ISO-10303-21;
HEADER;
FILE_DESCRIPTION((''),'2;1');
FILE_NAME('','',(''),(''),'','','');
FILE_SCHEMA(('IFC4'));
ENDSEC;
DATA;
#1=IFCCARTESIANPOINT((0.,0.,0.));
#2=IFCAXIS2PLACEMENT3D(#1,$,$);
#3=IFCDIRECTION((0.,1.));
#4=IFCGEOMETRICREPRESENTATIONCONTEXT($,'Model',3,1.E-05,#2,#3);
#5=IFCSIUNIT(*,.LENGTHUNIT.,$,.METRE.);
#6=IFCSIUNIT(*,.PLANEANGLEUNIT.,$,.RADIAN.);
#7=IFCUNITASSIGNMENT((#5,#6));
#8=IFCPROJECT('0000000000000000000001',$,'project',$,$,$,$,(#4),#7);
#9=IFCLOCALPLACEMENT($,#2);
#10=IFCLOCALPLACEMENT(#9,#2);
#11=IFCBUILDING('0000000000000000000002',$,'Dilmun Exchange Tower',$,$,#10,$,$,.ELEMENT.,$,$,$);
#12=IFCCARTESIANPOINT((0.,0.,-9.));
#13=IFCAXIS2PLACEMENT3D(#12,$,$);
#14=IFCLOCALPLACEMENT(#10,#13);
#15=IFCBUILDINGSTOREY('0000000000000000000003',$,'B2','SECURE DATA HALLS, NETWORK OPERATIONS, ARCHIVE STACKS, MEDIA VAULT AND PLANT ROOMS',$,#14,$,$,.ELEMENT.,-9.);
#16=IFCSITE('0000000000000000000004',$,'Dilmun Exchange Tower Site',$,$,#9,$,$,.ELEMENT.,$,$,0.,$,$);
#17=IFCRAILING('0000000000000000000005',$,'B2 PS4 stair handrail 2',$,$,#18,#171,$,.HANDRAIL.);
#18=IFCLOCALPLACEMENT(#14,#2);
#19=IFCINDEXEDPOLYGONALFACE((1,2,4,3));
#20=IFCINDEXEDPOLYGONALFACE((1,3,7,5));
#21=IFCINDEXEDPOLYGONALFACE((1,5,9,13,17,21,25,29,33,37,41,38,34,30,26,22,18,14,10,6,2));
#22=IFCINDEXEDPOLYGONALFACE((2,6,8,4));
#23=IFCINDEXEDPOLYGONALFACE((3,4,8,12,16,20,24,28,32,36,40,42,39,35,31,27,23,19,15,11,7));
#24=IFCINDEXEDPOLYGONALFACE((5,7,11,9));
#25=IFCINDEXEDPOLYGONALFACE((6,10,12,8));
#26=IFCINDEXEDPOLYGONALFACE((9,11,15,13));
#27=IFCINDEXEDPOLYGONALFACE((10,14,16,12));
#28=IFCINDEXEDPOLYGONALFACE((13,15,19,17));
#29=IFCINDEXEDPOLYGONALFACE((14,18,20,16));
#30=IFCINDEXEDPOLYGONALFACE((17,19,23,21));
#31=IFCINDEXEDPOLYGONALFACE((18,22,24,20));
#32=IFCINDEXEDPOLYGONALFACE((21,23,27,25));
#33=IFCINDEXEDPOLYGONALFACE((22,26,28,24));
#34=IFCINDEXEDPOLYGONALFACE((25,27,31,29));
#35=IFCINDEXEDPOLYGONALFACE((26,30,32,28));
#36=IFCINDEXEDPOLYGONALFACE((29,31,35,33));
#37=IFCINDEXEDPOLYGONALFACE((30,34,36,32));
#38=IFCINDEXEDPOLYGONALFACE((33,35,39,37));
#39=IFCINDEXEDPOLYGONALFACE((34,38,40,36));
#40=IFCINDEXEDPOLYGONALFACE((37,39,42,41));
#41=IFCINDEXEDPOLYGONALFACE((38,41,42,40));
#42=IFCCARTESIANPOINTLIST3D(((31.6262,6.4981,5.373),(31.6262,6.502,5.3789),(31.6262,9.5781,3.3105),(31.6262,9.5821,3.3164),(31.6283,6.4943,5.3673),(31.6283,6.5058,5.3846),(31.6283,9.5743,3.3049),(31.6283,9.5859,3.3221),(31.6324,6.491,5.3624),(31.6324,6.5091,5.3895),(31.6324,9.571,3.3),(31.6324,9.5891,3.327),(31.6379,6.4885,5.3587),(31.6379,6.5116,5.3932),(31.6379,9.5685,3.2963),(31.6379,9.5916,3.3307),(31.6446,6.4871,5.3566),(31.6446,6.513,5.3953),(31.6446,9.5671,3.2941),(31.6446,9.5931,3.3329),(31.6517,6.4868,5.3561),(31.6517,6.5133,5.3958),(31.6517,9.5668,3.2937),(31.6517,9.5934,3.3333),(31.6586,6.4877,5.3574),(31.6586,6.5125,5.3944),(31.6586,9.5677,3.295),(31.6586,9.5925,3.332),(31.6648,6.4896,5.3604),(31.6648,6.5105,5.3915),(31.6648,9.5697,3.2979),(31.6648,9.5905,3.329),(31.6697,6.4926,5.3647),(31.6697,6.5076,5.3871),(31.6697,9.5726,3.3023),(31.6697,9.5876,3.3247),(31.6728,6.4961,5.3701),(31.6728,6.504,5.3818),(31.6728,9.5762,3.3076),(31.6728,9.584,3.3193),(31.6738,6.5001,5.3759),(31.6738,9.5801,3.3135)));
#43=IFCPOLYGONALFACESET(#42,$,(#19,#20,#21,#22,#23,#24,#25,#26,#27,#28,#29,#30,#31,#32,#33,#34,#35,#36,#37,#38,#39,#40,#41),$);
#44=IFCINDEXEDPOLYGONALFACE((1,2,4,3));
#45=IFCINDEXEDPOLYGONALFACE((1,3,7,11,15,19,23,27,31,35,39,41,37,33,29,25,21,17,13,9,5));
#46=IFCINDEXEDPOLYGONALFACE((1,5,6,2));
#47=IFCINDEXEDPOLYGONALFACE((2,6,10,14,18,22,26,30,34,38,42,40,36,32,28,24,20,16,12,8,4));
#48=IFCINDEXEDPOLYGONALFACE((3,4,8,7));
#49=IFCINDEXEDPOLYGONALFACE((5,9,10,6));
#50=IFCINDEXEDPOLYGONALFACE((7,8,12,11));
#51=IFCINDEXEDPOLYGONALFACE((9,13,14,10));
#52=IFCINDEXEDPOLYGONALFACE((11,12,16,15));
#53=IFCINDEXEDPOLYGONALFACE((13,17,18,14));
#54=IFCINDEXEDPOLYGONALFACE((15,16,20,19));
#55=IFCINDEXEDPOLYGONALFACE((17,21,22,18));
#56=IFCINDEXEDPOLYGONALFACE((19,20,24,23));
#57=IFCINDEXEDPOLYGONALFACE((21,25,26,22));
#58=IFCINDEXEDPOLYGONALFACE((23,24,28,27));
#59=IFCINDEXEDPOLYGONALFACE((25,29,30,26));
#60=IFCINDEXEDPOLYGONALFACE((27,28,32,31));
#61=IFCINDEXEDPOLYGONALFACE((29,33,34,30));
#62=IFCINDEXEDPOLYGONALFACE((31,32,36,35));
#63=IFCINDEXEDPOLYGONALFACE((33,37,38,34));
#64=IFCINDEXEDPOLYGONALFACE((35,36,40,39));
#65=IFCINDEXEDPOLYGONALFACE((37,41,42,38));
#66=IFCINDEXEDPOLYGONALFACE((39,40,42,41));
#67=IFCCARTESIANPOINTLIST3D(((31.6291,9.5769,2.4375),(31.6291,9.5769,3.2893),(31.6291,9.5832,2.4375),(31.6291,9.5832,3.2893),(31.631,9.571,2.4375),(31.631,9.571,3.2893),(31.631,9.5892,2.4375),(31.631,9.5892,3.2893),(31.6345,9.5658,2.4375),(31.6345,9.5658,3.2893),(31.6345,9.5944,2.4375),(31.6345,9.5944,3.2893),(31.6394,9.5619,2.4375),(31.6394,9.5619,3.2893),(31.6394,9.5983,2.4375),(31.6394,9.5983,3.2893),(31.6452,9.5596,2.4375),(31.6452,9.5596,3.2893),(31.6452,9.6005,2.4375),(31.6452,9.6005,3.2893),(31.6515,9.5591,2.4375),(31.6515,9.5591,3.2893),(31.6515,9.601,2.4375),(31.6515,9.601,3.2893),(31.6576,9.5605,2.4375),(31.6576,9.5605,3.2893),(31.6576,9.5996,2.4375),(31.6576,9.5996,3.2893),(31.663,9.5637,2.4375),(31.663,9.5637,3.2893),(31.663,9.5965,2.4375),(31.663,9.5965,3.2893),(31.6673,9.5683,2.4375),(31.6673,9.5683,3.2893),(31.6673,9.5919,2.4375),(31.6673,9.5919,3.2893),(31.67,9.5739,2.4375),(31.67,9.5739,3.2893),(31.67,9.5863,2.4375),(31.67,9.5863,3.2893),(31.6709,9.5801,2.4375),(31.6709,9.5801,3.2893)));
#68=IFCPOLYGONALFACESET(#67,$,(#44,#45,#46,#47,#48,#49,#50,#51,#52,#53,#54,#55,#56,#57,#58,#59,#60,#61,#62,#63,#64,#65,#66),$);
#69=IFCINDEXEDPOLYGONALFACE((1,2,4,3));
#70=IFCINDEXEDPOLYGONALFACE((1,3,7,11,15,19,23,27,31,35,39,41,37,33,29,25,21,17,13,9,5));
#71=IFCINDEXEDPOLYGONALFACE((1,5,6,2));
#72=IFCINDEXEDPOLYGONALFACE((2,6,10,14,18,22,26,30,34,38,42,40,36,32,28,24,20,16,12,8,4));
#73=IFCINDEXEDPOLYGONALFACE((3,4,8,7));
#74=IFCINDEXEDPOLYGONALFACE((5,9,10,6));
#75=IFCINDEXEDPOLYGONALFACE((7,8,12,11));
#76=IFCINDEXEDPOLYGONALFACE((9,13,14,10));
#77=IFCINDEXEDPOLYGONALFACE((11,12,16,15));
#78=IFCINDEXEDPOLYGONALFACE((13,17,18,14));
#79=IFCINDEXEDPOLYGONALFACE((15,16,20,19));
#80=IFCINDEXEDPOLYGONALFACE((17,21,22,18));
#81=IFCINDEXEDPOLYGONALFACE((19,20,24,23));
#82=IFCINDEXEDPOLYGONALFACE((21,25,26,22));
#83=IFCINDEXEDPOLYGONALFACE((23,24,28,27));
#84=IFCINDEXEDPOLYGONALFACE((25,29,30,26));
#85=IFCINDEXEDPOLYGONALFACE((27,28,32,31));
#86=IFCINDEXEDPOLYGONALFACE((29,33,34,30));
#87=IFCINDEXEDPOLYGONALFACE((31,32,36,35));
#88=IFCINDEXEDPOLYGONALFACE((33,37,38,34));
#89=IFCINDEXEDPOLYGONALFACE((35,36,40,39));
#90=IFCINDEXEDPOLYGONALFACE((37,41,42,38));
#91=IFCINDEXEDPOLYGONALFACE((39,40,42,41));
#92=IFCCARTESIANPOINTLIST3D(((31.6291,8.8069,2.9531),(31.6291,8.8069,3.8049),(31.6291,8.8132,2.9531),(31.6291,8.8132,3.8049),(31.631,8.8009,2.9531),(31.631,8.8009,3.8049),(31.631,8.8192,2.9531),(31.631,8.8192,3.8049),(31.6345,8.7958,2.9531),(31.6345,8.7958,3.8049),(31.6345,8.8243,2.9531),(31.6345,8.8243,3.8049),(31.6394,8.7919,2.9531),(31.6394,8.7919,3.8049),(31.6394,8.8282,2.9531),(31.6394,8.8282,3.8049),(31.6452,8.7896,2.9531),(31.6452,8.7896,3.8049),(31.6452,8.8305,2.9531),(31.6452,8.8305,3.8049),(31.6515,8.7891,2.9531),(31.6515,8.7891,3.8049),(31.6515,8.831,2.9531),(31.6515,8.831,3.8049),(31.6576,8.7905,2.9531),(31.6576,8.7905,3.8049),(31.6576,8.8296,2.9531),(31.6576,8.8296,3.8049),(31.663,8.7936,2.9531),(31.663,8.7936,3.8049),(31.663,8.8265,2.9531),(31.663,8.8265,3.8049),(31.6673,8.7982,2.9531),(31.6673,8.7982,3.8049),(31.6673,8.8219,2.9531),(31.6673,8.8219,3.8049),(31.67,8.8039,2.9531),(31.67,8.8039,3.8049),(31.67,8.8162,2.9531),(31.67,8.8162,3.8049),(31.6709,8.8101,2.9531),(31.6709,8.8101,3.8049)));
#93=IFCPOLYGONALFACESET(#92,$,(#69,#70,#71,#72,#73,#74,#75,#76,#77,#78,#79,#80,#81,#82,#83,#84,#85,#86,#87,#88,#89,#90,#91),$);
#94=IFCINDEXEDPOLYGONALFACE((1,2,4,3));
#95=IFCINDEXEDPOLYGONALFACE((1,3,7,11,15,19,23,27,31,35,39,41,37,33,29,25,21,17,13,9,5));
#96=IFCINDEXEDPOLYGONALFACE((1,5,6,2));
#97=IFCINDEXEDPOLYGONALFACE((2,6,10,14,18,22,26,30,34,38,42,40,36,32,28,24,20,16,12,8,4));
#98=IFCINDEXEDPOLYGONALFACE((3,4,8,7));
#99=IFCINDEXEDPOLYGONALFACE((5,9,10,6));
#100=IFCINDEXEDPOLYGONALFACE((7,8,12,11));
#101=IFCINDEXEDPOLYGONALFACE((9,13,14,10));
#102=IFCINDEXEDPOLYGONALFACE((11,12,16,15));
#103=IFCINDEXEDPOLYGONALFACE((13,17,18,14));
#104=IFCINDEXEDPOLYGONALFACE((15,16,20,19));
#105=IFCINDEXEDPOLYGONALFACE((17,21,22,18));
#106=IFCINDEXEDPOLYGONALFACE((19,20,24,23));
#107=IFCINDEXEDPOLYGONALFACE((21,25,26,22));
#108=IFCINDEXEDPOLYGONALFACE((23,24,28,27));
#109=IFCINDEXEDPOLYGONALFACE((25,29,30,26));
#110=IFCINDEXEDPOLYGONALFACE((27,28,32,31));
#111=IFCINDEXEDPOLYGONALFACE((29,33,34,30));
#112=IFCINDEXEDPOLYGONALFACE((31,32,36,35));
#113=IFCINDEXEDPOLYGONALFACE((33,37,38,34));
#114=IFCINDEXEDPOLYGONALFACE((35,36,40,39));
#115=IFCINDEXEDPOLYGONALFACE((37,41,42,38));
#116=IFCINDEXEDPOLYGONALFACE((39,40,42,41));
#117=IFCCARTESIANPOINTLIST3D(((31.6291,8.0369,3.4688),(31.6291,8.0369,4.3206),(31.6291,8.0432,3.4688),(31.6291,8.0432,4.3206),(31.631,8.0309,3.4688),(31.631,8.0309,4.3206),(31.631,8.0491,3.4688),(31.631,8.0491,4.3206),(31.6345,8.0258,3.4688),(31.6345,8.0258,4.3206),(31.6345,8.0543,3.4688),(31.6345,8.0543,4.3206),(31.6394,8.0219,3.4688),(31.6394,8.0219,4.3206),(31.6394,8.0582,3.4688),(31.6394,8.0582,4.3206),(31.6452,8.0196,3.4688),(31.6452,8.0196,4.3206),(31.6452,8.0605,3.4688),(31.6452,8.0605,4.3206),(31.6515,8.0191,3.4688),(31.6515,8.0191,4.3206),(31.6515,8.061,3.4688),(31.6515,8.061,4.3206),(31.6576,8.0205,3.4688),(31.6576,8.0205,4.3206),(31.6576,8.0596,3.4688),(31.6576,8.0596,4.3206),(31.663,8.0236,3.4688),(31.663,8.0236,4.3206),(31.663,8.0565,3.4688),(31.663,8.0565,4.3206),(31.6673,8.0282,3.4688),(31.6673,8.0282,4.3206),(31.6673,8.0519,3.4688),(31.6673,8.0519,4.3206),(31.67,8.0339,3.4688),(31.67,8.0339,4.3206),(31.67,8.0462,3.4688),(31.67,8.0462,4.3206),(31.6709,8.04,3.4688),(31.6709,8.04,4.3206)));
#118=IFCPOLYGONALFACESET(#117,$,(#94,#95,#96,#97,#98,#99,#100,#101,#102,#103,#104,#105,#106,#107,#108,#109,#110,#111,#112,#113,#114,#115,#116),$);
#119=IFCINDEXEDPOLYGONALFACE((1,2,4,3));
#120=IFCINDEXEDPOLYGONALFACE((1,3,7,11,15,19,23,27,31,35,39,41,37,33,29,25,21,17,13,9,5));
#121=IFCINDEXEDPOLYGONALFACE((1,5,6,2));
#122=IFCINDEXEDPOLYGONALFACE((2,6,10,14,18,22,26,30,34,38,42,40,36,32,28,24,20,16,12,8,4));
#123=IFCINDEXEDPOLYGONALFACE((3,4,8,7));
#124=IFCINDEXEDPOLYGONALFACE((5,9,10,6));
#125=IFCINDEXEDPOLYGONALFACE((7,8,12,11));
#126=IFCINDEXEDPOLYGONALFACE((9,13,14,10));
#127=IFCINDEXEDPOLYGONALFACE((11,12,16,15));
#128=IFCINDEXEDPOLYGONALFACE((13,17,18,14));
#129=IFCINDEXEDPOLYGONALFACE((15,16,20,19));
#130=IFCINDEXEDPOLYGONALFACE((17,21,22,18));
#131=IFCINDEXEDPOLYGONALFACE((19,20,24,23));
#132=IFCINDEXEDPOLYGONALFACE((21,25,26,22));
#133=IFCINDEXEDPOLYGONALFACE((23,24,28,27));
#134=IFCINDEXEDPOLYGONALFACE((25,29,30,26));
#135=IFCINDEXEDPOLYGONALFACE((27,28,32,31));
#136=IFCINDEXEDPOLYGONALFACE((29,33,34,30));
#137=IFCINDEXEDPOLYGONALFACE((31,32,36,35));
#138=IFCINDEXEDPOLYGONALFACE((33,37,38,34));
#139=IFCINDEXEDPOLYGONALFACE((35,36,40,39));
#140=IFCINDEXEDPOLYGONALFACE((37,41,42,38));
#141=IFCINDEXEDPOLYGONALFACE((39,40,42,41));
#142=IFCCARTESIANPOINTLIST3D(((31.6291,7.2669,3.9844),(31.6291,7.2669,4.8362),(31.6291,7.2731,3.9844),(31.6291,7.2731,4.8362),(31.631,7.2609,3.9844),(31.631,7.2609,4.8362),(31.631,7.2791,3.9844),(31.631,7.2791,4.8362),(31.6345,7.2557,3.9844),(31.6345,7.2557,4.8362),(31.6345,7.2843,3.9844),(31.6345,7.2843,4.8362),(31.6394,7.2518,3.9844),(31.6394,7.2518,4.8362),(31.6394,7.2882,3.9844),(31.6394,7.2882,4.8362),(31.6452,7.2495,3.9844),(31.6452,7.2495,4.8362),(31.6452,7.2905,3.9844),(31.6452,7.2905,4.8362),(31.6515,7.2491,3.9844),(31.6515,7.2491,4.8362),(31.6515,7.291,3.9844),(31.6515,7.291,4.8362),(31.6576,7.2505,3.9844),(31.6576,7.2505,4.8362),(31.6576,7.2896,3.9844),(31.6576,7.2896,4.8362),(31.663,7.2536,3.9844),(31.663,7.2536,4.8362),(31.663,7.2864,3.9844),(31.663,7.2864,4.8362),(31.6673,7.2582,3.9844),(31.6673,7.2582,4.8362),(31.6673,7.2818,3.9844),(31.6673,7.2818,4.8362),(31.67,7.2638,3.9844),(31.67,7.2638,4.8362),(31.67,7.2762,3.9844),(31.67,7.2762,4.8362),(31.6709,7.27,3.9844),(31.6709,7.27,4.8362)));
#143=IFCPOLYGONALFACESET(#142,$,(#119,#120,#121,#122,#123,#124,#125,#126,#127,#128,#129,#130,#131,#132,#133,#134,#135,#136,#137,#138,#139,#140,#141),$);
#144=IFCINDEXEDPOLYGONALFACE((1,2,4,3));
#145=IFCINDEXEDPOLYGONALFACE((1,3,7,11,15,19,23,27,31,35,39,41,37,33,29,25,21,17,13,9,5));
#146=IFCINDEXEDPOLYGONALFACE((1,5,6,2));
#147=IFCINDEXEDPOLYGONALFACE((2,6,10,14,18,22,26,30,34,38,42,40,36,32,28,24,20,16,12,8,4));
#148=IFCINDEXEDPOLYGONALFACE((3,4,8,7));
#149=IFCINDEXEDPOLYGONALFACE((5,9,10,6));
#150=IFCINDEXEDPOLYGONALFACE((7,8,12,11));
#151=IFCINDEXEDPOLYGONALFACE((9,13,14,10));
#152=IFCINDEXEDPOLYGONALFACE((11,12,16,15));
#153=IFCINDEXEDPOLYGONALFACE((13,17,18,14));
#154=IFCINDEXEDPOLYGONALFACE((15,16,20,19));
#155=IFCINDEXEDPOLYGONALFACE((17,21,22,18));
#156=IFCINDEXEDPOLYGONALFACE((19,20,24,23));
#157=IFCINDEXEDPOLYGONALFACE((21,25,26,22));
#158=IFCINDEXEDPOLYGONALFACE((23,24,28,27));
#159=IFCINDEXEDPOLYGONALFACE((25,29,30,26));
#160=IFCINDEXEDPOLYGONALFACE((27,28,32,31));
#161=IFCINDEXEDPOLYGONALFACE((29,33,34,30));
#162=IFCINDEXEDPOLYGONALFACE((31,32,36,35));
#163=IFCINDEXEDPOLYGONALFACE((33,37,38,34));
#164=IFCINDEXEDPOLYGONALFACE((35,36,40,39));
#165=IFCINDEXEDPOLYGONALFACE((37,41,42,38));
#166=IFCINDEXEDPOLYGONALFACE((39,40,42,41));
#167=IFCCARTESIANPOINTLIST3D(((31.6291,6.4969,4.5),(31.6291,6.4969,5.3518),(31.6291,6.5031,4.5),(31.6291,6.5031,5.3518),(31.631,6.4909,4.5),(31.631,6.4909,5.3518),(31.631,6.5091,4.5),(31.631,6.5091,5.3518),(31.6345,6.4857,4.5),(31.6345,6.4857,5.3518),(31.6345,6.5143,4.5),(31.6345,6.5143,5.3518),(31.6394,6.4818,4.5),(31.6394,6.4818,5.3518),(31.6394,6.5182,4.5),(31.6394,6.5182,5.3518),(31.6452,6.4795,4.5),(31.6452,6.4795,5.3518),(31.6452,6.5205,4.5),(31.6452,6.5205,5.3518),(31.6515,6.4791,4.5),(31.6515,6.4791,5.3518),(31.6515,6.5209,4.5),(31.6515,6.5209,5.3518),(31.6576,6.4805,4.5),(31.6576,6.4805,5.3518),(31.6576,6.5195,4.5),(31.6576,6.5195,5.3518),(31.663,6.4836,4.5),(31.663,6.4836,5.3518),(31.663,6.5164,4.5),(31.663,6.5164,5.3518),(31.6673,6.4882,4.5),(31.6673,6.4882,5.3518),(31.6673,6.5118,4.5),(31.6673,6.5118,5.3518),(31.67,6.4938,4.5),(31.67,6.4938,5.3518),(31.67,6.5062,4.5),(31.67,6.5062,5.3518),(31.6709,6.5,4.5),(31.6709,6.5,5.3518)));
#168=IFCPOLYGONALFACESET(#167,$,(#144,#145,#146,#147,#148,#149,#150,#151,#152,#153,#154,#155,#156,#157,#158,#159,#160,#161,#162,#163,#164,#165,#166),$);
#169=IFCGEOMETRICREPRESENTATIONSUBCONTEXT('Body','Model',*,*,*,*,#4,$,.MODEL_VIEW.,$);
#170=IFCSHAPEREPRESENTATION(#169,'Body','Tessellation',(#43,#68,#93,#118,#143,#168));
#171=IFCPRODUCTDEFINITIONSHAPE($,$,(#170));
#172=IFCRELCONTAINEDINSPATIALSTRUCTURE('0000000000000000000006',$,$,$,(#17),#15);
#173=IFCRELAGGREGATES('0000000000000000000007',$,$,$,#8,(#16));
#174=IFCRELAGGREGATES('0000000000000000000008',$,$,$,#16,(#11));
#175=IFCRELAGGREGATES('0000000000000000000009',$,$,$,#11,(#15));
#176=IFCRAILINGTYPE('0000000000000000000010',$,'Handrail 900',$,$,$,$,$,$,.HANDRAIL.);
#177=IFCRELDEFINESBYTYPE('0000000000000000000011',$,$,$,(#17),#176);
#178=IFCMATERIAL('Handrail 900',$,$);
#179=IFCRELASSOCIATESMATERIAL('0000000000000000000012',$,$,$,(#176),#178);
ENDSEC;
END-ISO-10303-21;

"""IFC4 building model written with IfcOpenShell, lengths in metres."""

from ifc_helpers import new_model, si_unit, direction, frame, origin, origin_2d, place, context, subcontext, project, spatial, circle, extrude, material, type_object, element, save


model = new_model("IFC4")

# Units and contexts
model_context = context("Model", 3, precision=1e-05, world=origin(), true_north=direction((0.0, 1.0)))
body_context = subcontext(model_context, "Body", "Model", "MODEL_VIEW")
ifc_project = project(units=[si_unit("LENGTHUNIT", "METRE"), si_unit("PLANEANGLEUNIT", "RADIAN")], contexts=[model_context])

# Site, building, storey
site_placement = place(None, origin())
site = spatial("IfcSite", under=ifc_project, at=site_placement, Name="Dilmun Exchange Tower Site", CompositionType="ELEMENT", RefElevation=0.0)
building_placement = place(site_placement, origin())
building = spatial("IfcBuilding", under=site, at=building_placement, Name="Dilmun Exchange Tower", CompositionType="ELEMENT")
storey_placement = place(building_placement, frame((0.0, 0.0, -9.0)))
storey = spatial("IfcBuildingStorey", under=building, at=storey_placement, Name="B2", Description="SECURE DATA HALLS, NETWORK OPERATIONS, ARCHIVE STACKS, MEDIA VAULT AND PLANT ROOMS", CompositionType="ELEMENT", Elevation=-9.0)

# Railing
ifc_material_1 = material(Name="Handrail 900")
railing_type_1 = type_object("IfcRailingType", Name="Handrail 900", PredefinedType="HANDRAIL", material=ifc_material_1)
railing_1_placement = place(storey_placement, frame((31.6499, 9.5801, 2.4375)))
element("IfcRailing", 1, at=railing_1_placement, inside=storey, type_object=railing_type_1, Name="B2 PS4 stair handrail 2", PredefinedType="HANDRAIL", context=body_context, shape_type="SweptSolid", body=[
    extrude(circle(Radius=0.0239, at=origin_2d()), frame((0.0, 0.0, 0.876), z_axis=(0.0, -0.830914, 0.556401), x_axis=(1.0, 0.0, 0.0)), (0.0, 0.0, 1.0), 3.7068),
    extrude(circle(Radius=0.021, at=origin_2d()), origin(), (0.0, 0.0, 1.0), 0.8518),
    extrude(circle(Radius=0.021, at=origin_2d()), frame((0.0, -0.77, 0.5156)), (0.0, 0.0, 1.0), 0.8518),
    extrude(circle(Radius=0.021, at=origin_2d()), frame((0.0, -1.54, 1.0312)), (0.0, 0.0, 1.0), 0.8518),
    extrude(circle(Radius=0.021, at=origin_2d()), frame((0.0, -2.3101, 1.5469)), (0.0, 0.0, 1.0), 0.8518),
    extrude(circle(Radius=0.021, at=origin_2d()), frame((0.0, -3.0801, 2.0625)), (0.0, 0.0, 1.0), 0.8518),
])

save(model, "model.ifc")
